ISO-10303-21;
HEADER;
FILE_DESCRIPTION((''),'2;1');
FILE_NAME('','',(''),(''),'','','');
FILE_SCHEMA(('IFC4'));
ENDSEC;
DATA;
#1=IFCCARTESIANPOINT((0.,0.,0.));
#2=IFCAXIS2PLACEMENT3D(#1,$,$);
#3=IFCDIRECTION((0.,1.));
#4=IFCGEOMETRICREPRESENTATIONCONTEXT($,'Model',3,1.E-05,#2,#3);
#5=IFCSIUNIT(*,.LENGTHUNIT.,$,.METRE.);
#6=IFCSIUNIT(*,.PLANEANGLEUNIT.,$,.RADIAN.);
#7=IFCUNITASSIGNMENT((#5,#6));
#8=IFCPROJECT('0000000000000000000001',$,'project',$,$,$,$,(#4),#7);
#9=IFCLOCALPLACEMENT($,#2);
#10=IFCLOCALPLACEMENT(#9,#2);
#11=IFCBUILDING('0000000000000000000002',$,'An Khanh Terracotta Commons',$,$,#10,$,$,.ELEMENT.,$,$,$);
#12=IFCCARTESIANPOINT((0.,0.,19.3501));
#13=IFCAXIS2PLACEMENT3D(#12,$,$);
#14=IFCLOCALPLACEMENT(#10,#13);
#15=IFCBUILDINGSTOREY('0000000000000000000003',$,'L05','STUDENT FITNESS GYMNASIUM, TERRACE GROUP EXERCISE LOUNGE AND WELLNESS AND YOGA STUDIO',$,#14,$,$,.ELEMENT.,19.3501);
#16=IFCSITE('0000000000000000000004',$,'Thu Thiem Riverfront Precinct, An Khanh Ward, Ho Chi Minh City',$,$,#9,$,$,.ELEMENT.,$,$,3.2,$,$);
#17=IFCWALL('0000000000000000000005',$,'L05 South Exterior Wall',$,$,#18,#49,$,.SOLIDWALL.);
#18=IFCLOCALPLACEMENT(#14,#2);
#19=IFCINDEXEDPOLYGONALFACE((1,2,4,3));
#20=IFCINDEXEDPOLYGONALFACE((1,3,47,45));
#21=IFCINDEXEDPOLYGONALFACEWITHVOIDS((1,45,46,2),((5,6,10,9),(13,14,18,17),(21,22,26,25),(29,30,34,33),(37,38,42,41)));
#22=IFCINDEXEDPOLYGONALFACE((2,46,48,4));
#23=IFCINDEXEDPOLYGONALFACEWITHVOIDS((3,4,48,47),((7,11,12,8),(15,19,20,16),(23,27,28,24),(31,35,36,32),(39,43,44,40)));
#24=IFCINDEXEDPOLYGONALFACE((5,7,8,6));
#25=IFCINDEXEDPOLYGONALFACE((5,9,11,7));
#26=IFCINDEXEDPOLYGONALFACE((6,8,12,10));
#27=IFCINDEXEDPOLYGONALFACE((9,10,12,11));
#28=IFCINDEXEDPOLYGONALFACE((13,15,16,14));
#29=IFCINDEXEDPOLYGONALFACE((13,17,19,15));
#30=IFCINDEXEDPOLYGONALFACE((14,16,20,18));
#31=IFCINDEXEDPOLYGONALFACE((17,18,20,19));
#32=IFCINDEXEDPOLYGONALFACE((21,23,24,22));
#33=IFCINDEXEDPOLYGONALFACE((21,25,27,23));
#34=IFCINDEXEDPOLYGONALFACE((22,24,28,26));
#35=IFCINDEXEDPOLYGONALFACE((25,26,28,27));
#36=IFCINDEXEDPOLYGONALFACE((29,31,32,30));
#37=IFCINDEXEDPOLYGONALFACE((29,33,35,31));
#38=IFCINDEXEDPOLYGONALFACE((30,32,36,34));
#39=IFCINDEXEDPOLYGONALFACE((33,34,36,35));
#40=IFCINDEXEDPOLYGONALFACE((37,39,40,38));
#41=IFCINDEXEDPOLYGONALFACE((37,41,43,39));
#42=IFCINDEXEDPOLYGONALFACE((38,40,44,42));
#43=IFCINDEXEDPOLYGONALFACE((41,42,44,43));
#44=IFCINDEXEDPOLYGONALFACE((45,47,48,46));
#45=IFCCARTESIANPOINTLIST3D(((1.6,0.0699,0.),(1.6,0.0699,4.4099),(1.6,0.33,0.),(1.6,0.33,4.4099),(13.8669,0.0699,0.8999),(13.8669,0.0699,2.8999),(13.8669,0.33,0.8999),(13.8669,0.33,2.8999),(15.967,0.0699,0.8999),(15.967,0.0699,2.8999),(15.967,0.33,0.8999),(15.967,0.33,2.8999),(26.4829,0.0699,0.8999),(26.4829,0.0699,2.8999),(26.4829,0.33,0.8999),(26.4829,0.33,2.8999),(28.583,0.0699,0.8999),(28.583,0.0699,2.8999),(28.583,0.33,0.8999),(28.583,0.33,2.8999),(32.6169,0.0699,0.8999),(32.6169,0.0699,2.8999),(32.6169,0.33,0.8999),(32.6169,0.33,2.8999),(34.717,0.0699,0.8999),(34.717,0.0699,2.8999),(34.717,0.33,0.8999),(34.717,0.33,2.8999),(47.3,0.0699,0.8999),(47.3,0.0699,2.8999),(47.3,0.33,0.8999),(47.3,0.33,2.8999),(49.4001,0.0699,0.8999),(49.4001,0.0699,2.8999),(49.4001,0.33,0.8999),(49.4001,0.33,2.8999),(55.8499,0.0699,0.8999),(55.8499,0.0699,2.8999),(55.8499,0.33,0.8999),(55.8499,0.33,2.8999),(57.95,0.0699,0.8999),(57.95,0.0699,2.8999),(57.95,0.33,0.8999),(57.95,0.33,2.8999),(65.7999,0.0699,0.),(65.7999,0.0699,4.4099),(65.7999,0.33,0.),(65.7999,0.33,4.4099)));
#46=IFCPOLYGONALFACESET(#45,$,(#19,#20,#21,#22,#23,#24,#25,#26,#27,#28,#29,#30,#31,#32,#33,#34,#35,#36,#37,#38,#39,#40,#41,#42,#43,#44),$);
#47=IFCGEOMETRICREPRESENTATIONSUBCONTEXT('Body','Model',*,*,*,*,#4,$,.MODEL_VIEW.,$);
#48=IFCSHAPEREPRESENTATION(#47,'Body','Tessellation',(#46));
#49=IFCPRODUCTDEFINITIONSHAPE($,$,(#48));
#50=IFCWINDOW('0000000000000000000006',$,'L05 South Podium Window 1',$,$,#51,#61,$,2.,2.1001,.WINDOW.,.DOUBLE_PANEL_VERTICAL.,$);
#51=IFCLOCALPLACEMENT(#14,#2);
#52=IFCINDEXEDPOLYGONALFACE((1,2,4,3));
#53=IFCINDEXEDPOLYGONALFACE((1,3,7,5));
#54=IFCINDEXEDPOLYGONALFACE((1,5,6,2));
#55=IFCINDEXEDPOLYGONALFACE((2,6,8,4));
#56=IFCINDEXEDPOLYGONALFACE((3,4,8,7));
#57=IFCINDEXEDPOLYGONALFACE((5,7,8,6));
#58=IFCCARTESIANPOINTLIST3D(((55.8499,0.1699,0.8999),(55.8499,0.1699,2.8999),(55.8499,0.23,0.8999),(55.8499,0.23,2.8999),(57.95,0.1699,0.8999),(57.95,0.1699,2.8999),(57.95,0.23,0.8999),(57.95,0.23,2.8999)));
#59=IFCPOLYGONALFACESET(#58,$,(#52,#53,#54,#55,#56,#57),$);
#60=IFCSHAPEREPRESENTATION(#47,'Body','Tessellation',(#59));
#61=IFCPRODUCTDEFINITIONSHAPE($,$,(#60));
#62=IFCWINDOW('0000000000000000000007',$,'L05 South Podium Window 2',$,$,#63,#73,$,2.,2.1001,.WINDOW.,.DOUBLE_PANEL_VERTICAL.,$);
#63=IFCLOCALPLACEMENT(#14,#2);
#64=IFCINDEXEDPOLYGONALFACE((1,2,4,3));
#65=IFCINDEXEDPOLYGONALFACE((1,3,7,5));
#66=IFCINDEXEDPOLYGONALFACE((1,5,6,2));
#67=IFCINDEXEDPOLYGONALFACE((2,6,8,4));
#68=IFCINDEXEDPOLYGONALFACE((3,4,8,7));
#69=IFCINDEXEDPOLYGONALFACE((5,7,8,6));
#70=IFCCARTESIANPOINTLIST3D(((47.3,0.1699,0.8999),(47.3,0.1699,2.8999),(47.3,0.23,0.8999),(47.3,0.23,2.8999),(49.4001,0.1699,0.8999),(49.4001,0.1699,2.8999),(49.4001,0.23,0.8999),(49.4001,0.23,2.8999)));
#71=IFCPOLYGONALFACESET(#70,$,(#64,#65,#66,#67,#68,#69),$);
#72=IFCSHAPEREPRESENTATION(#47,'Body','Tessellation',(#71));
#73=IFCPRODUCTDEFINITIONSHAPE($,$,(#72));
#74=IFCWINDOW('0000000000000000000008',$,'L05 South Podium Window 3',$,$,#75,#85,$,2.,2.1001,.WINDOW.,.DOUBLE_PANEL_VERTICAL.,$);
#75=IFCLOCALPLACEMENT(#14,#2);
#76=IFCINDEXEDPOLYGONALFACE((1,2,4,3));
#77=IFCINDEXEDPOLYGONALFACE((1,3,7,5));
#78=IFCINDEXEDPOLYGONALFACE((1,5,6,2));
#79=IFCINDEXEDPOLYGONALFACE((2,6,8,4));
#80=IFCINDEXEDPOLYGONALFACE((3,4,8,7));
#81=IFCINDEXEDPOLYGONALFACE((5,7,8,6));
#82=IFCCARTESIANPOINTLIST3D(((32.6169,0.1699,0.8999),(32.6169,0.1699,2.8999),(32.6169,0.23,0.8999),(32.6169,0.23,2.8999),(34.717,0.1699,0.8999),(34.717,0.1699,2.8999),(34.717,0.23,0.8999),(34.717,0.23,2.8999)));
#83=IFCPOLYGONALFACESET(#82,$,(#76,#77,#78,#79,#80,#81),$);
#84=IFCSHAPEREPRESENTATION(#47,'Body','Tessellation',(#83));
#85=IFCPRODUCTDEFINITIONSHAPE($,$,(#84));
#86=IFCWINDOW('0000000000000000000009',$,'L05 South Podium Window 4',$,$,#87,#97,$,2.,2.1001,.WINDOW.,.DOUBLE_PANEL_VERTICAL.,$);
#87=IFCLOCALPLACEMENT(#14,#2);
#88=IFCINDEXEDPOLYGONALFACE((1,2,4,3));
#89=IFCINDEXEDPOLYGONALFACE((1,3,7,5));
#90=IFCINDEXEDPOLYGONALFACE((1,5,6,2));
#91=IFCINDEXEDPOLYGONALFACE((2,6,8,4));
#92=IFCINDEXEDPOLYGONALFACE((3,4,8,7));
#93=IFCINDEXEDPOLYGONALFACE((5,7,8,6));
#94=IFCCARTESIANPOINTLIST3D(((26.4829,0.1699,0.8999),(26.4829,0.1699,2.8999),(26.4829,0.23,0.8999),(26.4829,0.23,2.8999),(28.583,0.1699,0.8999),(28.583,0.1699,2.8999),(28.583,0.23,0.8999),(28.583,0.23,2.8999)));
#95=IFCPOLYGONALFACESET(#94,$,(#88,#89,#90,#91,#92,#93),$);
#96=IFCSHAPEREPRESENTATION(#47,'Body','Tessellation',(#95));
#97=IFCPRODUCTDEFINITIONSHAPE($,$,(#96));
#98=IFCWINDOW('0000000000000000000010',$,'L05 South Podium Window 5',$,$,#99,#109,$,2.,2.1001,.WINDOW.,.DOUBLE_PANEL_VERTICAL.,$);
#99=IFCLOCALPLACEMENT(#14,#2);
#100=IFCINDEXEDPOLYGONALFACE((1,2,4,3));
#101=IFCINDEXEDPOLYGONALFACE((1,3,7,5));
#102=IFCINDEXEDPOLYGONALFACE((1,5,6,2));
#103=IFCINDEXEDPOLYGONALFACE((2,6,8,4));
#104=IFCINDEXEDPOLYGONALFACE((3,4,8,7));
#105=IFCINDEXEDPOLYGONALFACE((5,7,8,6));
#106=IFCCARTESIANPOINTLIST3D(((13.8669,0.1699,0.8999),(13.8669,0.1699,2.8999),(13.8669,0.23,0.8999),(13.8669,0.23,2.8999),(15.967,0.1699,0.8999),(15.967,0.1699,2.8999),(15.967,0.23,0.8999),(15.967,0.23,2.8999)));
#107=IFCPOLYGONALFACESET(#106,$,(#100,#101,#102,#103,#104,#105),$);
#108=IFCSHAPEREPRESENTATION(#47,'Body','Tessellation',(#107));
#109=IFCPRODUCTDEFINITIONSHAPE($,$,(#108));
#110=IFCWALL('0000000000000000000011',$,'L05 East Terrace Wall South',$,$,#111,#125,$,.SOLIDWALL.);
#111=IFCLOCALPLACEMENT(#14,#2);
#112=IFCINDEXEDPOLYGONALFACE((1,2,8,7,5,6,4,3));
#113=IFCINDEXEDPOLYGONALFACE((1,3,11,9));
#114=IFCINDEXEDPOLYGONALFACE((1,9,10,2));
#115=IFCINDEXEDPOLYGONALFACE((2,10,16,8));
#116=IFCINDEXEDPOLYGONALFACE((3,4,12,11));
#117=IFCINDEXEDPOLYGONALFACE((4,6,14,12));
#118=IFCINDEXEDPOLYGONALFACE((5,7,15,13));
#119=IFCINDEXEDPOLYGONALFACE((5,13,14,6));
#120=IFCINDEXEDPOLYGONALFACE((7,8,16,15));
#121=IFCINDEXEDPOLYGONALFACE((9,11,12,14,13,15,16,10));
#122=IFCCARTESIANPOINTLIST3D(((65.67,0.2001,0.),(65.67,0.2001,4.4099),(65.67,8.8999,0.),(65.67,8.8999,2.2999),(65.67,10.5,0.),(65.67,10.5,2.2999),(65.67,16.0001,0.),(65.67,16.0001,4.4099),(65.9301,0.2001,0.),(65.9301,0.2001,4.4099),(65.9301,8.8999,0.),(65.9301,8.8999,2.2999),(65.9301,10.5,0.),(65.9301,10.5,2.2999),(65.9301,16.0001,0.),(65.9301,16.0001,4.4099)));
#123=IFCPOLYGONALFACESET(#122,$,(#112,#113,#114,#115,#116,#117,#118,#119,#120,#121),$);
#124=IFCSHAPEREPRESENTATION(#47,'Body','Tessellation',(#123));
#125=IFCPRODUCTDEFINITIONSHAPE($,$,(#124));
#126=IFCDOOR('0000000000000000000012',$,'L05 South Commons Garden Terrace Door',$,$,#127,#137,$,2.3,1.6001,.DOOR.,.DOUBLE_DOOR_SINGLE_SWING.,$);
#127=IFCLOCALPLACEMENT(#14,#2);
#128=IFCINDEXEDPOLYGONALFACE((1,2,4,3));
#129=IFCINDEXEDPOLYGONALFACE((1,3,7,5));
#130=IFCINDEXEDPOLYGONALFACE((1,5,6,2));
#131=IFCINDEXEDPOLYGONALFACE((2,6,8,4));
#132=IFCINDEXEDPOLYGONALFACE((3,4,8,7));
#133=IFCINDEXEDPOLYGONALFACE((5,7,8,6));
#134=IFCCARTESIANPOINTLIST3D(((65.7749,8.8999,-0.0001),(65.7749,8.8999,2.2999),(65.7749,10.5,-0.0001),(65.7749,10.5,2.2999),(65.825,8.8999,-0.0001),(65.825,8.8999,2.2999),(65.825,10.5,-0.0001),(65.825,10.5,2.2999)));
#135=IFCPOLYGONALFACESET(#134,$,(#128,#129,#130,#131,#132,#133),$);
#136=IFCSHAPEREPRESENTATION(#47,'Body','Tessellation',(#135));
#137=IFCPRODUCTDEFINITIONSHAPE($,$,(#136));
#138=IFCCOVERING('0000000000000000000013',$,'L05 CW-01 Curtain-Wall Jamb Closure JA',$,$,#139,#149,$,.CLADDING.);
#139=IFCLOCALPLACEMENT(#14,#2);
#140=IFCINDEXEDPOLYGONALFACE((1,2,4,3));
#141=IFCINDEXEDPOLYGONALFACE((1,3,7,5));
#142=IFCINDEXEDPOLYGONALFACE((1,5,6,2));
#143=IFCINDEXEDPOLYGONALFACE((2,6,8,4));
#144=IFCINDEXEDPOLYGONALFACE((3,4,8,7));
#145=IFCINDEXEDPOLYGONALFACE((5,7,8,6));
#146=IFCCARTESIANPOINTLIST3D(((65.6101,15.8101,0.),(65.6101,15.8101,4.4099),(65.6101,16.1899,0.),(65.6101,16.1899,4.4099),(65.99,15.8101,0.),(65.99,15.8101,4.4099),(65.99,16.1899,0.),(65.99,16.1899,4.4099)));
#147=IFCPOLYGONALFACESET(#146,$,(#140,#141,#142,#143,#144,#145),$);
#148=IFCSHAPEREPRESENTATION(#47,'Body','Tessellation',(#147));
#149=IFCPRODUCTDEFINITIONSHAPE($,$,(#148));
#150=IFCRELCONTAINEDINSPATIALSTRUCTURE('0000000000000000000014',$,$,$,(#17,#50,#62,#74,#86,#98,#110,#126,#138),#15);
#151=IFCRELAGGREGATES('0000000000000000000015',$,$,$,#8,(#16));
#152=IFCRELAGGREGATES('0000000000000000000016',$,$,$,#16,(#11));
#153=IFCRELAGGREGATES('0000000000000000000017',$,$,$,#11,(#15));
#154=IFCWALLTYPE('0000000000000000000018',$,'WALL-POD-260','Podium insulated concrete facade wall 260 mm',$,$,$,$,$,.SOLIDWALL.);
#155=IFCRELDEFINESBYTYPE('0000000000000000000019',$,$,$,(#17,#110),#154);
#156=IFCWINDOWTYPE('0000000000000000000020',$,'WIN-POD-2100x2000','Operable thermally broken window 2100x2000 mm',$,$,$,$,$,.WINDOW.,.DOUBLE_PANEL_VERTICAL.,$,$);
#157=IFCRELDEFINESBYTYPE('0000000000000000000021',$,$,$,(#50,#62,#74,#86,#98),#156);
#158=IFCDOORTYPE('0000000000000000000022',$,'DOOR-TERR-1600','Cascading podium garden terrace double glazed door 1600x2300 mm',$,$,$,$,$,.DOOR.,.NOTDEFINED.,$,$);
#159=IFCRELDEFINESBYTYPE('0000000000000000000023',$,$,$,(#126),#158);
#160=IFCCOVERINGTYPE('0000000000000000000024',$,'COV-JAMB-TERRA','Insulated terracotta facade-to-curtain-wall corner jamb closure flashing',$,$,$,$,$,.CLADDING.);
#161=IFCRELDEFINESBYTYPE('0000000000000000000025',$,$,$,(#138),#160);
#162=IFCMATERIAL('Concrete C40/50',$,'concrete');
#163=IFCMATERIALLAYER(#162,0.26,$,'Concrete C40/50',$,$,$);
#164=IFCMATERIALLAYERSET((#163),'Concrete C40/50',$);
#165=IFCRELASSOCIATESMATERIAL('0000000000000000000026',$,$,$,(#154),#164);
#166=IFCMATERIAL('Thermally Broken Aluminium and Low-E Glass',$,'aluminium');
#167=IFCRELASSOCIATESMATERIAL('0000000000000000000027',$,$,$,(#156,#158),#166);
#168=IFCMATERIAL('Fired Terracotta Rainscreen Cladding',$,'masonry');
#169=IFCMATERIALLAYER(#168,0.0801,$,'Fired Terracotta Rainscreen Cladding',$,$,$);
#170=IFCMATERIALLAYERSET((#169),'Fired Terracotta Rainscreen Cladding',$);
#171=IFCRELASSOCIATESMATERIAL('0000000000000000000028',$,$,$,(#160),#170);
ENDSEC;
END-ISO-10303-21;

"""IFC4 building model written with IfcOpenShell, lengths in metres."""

from ifc_helpers import new_model, si_unit, direction, frame, frame_2d, origin, origin_2d, place, context, subcontext, project, spatial, rectangle, extrude, material, layer, layer_set, type_object, element, fill, save


model = new_model("IFC4")

# Units and contexts
model_context = context("Model", 3, precision=1e-05, world=origin(), true_north=direction((0.0, 1.0)))
body_context = subcontext(model_context, "Body", "Model", "MODEL_VIEW")
ifc_project = project(units=[si_unit("LENGTHUNIT", "METRE"), si_unit("PLANEANGLEUNIT", "RADIAN")], contexts=[model_context])

# Site, building, storey
site_placement = place(None, origin())
site = spatial("IfcSite", under=ifc_project, at=site_placement, Name="Thu Thiem Riverfront Precinct, An Khanh Ward, Ho Chi Minh City", CompositionType="ELEMENT", RefElevation=3.2)
building_placement = place(site_placement, origin())
building = spatial("IfcBuilding", under=site, at=building_placement, Name="An Khanh Terracotta Commons", CompositionType="ELEMENT")
storey_placement = place(building_placement, frame((0.0, 0.0, 19.3501)))
storey = spatial("IfcBuildingStorey", under=building, at=storey_placement, Name="L05", Description="STUDENT FITNESS GYMNASIUM, TERRACE GROUP EXERCISE LOUNGE AND WELLNESS AND YOGA STUDIO", CompositionType="ELEMENT", Elevation=19.3501)

# Wall, openings, windows
ifc_material_1 = material(Name="Concrete C40/50", Category="concrete")
ifc_layer_1 = layer(ifc_material_1, 0.26, Name="Concrete C40/50")
ifc_layer_set_1 = layer_set([ifc_layer_1], Name="Concrete C40/50")
wall_type_1 = type_object("IfcWallType", Name="WALL-POD-260", Description="Podium insulated concrete facade wall 260 mm", PredefinedType="SOLIDWALL", material=ifc_layer_set_1)
wall_1_placement = place(storey_placement, frame((65.8, 0.2, 0.0), z_axis=(0.0, 0.0, 1.0), x_axis=(-1.0, 0.0, 0.0)))
wall_1 = element("IfcWall", 1, at=wall_1_placement, inside=storey, type_object=wall_type_1, Name="L05 South Exterior Wall", PredefinedType="SOLIDWALL", context=body_context, shape_type="SweptSolid", body=[
    extrude(rectangle(XDim=64.2, YDim=0.26, at=frame_2d((32.1001, 0.0))), origin(), (0.0, 0.0, 1.0), 4.4099),
])
opening_1_placement = place(wall_1_placement, frame((7.8501, 0.0, 0.8999)))
opening_1 = element("IfcOpeningElement", 2, at=opening_1_placement, cuts=wall_1, PredefinedType="OPENING", context=body_context, shape_type="SweptSolid", body=[
    extrude(rectangle(XDim=2.1001, YDim=2.0, at=frame_2d((1.05, 1.0))), frame((0.0, 0.1399, 0.0), z_axis=(0.0, -1.0, 0.0), x_axis=(1.0, 0.0, 0.0)), (0.0, 0.0, 1.0), 0.28),
])
opening_2_placement = place(wall_1_placement, frame((16.3999, 0.0, 0.8999)))
opening_2 = element("IfcOpeningElement", 3, at=opening_2_placement, cuts=wall_1, PredefinedType="OPENING", context=body_context, shape_type="SweptSolid", body=[
    extrude(rectangle(XDim=2.1001, YDim=2.0, at=frame_2d((1.05, 1.0))), frame((0.0, 0.1399, 0.0), z_axis=(0.0, -1.0, 0.0), x_axis=(1.0, 0.0, 0.0)), (0.0, 0.0, 1.0), 0.28),
])
opening_3_placement = place(wall_1_placement, frame((31.083, 0.0, 0.8999)))
opening_3 = element("IfcOpeningElement", 4, at=opening_3_placement, cuts=wall_1, PredefinedType="OPENING", context=body_context, shape_type="SweptSolid", body=[
    extrude(rectangle(XDim=2.1001, YDim=2.0, at=frame_2d((1.05, 1.0))), frame((0.0, 0.1399, 0.0), z_axis=(0.0, -1.0, 0.0), x_axis=(1.0, 0.0, 0.0)), (0.0, 0.0, 1.0), 0.28),
])
opening_4_placement = place(wall_1_placement, frame((37.217, 0.0, 0.8999)))
opening_4 = element("IfcOpeningElement", 5, at=opening_4_placement, cuts=wall_1, PredefinedType="OPENING", context=body_context, shape_type="SweptSolid", body=[
    extrude(rectangle(XDim=2.1001, YDim=2.0, at=frame_2d((1.05, 1.0))), frame((0.0, 0.1399, 0.0), z_axis=(0.0, -1.0, 0.0), x_axis=(1.0, 0.0, 0.0)), (0.0, 0.0, 1.0), 0.28),
])
opening_5_placement = place(wall_1_placement, frame((49.833, 0.0, 0.8999)))
opening_5 = element("IfcOpeningElement", 6, at=opening_5_placement, cuts=wall_1, PredefinedType="OPENING", context=body_context, shape_type="SweptSolid", body=[
    extrude(rectangle(XDim=2.1001, YDim=2.0, at=frame_2d((1.05, 1.0))), frame((0.0, 0.1399, 0.0), z_axis=(0.0, -1.0, 0.0), x_axis=(1.0, 0.0, 0.0)), (0.0, 0.0, 1.0), 0.28),
])
ifc_material_2 = material(Name="Thermally Broken Aluminium and Low-E Glass", Category="aluminium")
window_type = type_object("IfcWindowType", Name="WIN-POD-2100x2000", Description="Operable thermally broken window 2100x2000 mm", PartitioningType="DOUBLE_PANEL_VERTICAL", PredefinedType="WINDOW", material=ifc_material_2)
window_1_placement = place(opening_1_placement, origin())
window_1 = element("IfcWindow", 7, at=window_1_placement, inside=storey, type_object=window_type, Name="L05 South Podium Window 1", OverallHeight=2.0, OverallWidth=2.1001, PartitioningType="DOUBLE_PANEL_VERTICAL", PredefinedType="WINDOW", context=body_context, shape_type="SweptSolid", body=[
    extrude(rectangle(XDim=2.1001, YDim=2.0, at=frame_2d((1.05, 1.0))), frame((0.0, 0.03, 0.0), z_axis=(0.0, -1.0, 0.0), x_axis=(1.0, 0.0, 0.0)), (0.0, 0.0, 1.0), 0.0601),
])
fill(opening_1, window_1)
window_2_placement = place(opening_2_placement, origin())
window_2 = element("IfcWindow", 8, at=window_2_placement, inside=storey, type_object=window_type, Name="L05 South Podium Window 2", OverallHeight=2.0, OverallWidth=2.1001, PartitioningType="DOUBLE_PANEL_VERTICAL", PredefinedType="WINDOW", context=body_context, shape_type="SweptSolid", body=[
    extrude(rectangle(XDim=2.1001, YDim=2.0, at=frame_2d((1.05, 1.0))), frame((0.0, 0.03, 0.0), z_axis=(0.0, -1.0, 0.0), x_axis=(1.0, 0.0, 0.0)), (0.0, 0.0, 1.0), 0.0601),
])
fill(opening_2, window_2)
window_3_placement = place(opening_3_placement, origin())
window_3 = element("IfcWindow", 9, at=window_3_placement, inside=storey, type_object=window_type, Name="L05 South Podium Window 3", OverallHeight=2.0, OverallWidth=2.1001, PartitioningType="DOUBLE_PANEL_VERTICAL", PredefinedType="WINDOW", context=body_context, shape_type="SweptSolid", body=[
    extrude(rectangle(XDim=2.1001, YDim=2.0, at=frame_2d((1.05, 1.0))), frame((0.0, 0.03, 0.0), z_axis=(0.0, -1.0, 0.0), x_axis=(1.0, 0.0, 0.0)), (0.0, 0.0, 1.0), 0.0601),
])
fill(opening_3, window_3)
window_4_placement = place(opening_4_placement, origin())
window_4 = element("IfcWindow", 10, at=window_4_placement, inside=storey, type_object=window_type, Name="L05 South Podium Window 4", OverallHeight=2.0, OverallWidth=2.1001, PartitioningType="DOUBLE_PANEL_VERTICAL", PredefinedType="WINDOW", context=body_context, shape_type="SweptSolid", body=[
    extrude(rectangle(XDim=2.1001, YDim=2.0, at=frame_2d((1.05, 1.0))), frame((0.0, 0.03, 0.0), z_axis=(0.0, -1.0, 0.0), x_axis=(1.0, 0.0, 0.0)), (0.0, 0.0, 1.0), 0.0601),
])
fill(opening_4, window_4)
window_5_placement = place(opening_5_placement, origin())
window_5 = element("IfcWindow", 11, at=window_5_placement, inside=storey, type_object=window_type, Name="L05 South Podium Window 5", OverallHeight=2.0, OverallWidth=2.1001, PartitioningType="DOUBLE_PANEL_VERTICAL", PredefinedType="WINDOW", context=body_context, shape_type="SweptSolid", body=[
    extrude(rectangle(XDim=2.1001, YDim=2.0, at=frame_2d((1.05, 1.0))), frame((0.0, 0.03, 0.0), z_axis=(0.0, -1.0, 0.0), x_axis=(1.0, 0.0, 0.0)), (0.0, 0.0, 1.0), 0.0601),
])
fill(opening_5, window_5)

# Wall, opening, door
wall_2_placement = place(storey_placement, frame((65.8, 16.0, 0.0), z_axis=(0.0, 0.0, 1.0), x_axis=(0.0, -1.0, 0.0)))
wall_2 = element("IfcWall", 12, at=wall_2_placement, inside=storey, type_object=wall_type_1, Name="L05 East Terrace Wall South", PredefinedType="SOLIDWALL", context=body_context, shape_type="SweptSolid", body=[
    extrude(rectangle(XDim=15.8, YDim=0.26, at=frame_2d((7.8999, 0.0))), origin(), (0.0, 0.0, 1.0), 4.4099),
])
opening_6_placement = place(wall_2_placement, frame((5.5, 0.0, 0.0)))
opening_6 = element("IfcOpeningElement", 13, at=opening_6_placement, cuts=wall_2, PredefinedType="OPENING", context=body_context, shape_type="SweptSolid", body=[
    extrude(rectangle(XDim=1.6001, YDim=2.3, at=frame_2d((0.8, 1.1499))), frame((0.0, 0.1399, 0.0), z_axis=(0.0, -1.0, 0.0), x_axis=(1.0, 0.0, 0.0)), (0.0, 0.0, 1.0), 0.28),
])
door_type_1 = type_object("IfcDoorType", Name="DOOR-TERR-1600", Description="Cascading podium garden terrace double glazed door 1600x2300 mm", OperationType="NOTDEFINED", PredefinedType="DOOR", material=ifc_material_2)
door_1_placement = place(opening_6_placement, origin())
door_1 = element("IfcDoor", 14, at=door_1_placement, inside=storey, type_object=door_type_1, Name="L05 South Commons Garden Terrace Door", OperationType="DOUBLE_DOOR_SINGLE_SWING", OverallHeight=2.3, OverallWidth=1.6001, PredefinedType="DOOR", context=body_context, shape_type="SweptSolid", body=[
    extrude(rectangle(XDim=1.6001, YDim=2.3, at=frame_2d((0.8, 1.1499))), frame((0.0, 0.0249, 0.0), z_axis=(0.0, -1.0, 0.0), x_axis=(1.0, 0.0, 0.0)), (0.0, 0.0, 1.0), 0.05),
])
fill(opening_6, door_1)

# Covering
ifc_material_3 = material(Name="Fired Terracotta Rainscreen Cladding", Category="masonry")
ifc_layer_2 = layer(ifc_material_3, 0.0801, Name="Fired Terracotta Rainscreen Cladding")
ifc_layer_set_2 = layer_set([ifc_layer_2], Name="Fired Terracotta Rainscreen Cladding")
covering_type = type_object("IfcCoveringType", Name="COV-JAMB-TERRA", Description="Insulated terracotta facade-to-curtain-wall corner jamb closure flashing", PredefinedType="CLADDING", material=ifc_layer_set_2)
covering_placement = place(storey_placement, frame((65.8, 16.0, 0.0), z_axis=(0.0, 0.0, 1.0), x_axis=(1.0, 0.0, 0.0)))
element("IfcCovering", 15, at=covering_placement, inside=storey, type_object=covering_type, Name="L05 CW-01 Curtain-Wall Jamb Closure JA", PredefinedType="CLADDING", context=body_context, shape_type="SweptSolid", body=[
    extrude(rectangle(XDim=0.3799, YDim=0.3799, at=origin_2d()), origin(), (0.0, 0.0, 1.0), 4.4099),
])

save(model, "model.ifc")
